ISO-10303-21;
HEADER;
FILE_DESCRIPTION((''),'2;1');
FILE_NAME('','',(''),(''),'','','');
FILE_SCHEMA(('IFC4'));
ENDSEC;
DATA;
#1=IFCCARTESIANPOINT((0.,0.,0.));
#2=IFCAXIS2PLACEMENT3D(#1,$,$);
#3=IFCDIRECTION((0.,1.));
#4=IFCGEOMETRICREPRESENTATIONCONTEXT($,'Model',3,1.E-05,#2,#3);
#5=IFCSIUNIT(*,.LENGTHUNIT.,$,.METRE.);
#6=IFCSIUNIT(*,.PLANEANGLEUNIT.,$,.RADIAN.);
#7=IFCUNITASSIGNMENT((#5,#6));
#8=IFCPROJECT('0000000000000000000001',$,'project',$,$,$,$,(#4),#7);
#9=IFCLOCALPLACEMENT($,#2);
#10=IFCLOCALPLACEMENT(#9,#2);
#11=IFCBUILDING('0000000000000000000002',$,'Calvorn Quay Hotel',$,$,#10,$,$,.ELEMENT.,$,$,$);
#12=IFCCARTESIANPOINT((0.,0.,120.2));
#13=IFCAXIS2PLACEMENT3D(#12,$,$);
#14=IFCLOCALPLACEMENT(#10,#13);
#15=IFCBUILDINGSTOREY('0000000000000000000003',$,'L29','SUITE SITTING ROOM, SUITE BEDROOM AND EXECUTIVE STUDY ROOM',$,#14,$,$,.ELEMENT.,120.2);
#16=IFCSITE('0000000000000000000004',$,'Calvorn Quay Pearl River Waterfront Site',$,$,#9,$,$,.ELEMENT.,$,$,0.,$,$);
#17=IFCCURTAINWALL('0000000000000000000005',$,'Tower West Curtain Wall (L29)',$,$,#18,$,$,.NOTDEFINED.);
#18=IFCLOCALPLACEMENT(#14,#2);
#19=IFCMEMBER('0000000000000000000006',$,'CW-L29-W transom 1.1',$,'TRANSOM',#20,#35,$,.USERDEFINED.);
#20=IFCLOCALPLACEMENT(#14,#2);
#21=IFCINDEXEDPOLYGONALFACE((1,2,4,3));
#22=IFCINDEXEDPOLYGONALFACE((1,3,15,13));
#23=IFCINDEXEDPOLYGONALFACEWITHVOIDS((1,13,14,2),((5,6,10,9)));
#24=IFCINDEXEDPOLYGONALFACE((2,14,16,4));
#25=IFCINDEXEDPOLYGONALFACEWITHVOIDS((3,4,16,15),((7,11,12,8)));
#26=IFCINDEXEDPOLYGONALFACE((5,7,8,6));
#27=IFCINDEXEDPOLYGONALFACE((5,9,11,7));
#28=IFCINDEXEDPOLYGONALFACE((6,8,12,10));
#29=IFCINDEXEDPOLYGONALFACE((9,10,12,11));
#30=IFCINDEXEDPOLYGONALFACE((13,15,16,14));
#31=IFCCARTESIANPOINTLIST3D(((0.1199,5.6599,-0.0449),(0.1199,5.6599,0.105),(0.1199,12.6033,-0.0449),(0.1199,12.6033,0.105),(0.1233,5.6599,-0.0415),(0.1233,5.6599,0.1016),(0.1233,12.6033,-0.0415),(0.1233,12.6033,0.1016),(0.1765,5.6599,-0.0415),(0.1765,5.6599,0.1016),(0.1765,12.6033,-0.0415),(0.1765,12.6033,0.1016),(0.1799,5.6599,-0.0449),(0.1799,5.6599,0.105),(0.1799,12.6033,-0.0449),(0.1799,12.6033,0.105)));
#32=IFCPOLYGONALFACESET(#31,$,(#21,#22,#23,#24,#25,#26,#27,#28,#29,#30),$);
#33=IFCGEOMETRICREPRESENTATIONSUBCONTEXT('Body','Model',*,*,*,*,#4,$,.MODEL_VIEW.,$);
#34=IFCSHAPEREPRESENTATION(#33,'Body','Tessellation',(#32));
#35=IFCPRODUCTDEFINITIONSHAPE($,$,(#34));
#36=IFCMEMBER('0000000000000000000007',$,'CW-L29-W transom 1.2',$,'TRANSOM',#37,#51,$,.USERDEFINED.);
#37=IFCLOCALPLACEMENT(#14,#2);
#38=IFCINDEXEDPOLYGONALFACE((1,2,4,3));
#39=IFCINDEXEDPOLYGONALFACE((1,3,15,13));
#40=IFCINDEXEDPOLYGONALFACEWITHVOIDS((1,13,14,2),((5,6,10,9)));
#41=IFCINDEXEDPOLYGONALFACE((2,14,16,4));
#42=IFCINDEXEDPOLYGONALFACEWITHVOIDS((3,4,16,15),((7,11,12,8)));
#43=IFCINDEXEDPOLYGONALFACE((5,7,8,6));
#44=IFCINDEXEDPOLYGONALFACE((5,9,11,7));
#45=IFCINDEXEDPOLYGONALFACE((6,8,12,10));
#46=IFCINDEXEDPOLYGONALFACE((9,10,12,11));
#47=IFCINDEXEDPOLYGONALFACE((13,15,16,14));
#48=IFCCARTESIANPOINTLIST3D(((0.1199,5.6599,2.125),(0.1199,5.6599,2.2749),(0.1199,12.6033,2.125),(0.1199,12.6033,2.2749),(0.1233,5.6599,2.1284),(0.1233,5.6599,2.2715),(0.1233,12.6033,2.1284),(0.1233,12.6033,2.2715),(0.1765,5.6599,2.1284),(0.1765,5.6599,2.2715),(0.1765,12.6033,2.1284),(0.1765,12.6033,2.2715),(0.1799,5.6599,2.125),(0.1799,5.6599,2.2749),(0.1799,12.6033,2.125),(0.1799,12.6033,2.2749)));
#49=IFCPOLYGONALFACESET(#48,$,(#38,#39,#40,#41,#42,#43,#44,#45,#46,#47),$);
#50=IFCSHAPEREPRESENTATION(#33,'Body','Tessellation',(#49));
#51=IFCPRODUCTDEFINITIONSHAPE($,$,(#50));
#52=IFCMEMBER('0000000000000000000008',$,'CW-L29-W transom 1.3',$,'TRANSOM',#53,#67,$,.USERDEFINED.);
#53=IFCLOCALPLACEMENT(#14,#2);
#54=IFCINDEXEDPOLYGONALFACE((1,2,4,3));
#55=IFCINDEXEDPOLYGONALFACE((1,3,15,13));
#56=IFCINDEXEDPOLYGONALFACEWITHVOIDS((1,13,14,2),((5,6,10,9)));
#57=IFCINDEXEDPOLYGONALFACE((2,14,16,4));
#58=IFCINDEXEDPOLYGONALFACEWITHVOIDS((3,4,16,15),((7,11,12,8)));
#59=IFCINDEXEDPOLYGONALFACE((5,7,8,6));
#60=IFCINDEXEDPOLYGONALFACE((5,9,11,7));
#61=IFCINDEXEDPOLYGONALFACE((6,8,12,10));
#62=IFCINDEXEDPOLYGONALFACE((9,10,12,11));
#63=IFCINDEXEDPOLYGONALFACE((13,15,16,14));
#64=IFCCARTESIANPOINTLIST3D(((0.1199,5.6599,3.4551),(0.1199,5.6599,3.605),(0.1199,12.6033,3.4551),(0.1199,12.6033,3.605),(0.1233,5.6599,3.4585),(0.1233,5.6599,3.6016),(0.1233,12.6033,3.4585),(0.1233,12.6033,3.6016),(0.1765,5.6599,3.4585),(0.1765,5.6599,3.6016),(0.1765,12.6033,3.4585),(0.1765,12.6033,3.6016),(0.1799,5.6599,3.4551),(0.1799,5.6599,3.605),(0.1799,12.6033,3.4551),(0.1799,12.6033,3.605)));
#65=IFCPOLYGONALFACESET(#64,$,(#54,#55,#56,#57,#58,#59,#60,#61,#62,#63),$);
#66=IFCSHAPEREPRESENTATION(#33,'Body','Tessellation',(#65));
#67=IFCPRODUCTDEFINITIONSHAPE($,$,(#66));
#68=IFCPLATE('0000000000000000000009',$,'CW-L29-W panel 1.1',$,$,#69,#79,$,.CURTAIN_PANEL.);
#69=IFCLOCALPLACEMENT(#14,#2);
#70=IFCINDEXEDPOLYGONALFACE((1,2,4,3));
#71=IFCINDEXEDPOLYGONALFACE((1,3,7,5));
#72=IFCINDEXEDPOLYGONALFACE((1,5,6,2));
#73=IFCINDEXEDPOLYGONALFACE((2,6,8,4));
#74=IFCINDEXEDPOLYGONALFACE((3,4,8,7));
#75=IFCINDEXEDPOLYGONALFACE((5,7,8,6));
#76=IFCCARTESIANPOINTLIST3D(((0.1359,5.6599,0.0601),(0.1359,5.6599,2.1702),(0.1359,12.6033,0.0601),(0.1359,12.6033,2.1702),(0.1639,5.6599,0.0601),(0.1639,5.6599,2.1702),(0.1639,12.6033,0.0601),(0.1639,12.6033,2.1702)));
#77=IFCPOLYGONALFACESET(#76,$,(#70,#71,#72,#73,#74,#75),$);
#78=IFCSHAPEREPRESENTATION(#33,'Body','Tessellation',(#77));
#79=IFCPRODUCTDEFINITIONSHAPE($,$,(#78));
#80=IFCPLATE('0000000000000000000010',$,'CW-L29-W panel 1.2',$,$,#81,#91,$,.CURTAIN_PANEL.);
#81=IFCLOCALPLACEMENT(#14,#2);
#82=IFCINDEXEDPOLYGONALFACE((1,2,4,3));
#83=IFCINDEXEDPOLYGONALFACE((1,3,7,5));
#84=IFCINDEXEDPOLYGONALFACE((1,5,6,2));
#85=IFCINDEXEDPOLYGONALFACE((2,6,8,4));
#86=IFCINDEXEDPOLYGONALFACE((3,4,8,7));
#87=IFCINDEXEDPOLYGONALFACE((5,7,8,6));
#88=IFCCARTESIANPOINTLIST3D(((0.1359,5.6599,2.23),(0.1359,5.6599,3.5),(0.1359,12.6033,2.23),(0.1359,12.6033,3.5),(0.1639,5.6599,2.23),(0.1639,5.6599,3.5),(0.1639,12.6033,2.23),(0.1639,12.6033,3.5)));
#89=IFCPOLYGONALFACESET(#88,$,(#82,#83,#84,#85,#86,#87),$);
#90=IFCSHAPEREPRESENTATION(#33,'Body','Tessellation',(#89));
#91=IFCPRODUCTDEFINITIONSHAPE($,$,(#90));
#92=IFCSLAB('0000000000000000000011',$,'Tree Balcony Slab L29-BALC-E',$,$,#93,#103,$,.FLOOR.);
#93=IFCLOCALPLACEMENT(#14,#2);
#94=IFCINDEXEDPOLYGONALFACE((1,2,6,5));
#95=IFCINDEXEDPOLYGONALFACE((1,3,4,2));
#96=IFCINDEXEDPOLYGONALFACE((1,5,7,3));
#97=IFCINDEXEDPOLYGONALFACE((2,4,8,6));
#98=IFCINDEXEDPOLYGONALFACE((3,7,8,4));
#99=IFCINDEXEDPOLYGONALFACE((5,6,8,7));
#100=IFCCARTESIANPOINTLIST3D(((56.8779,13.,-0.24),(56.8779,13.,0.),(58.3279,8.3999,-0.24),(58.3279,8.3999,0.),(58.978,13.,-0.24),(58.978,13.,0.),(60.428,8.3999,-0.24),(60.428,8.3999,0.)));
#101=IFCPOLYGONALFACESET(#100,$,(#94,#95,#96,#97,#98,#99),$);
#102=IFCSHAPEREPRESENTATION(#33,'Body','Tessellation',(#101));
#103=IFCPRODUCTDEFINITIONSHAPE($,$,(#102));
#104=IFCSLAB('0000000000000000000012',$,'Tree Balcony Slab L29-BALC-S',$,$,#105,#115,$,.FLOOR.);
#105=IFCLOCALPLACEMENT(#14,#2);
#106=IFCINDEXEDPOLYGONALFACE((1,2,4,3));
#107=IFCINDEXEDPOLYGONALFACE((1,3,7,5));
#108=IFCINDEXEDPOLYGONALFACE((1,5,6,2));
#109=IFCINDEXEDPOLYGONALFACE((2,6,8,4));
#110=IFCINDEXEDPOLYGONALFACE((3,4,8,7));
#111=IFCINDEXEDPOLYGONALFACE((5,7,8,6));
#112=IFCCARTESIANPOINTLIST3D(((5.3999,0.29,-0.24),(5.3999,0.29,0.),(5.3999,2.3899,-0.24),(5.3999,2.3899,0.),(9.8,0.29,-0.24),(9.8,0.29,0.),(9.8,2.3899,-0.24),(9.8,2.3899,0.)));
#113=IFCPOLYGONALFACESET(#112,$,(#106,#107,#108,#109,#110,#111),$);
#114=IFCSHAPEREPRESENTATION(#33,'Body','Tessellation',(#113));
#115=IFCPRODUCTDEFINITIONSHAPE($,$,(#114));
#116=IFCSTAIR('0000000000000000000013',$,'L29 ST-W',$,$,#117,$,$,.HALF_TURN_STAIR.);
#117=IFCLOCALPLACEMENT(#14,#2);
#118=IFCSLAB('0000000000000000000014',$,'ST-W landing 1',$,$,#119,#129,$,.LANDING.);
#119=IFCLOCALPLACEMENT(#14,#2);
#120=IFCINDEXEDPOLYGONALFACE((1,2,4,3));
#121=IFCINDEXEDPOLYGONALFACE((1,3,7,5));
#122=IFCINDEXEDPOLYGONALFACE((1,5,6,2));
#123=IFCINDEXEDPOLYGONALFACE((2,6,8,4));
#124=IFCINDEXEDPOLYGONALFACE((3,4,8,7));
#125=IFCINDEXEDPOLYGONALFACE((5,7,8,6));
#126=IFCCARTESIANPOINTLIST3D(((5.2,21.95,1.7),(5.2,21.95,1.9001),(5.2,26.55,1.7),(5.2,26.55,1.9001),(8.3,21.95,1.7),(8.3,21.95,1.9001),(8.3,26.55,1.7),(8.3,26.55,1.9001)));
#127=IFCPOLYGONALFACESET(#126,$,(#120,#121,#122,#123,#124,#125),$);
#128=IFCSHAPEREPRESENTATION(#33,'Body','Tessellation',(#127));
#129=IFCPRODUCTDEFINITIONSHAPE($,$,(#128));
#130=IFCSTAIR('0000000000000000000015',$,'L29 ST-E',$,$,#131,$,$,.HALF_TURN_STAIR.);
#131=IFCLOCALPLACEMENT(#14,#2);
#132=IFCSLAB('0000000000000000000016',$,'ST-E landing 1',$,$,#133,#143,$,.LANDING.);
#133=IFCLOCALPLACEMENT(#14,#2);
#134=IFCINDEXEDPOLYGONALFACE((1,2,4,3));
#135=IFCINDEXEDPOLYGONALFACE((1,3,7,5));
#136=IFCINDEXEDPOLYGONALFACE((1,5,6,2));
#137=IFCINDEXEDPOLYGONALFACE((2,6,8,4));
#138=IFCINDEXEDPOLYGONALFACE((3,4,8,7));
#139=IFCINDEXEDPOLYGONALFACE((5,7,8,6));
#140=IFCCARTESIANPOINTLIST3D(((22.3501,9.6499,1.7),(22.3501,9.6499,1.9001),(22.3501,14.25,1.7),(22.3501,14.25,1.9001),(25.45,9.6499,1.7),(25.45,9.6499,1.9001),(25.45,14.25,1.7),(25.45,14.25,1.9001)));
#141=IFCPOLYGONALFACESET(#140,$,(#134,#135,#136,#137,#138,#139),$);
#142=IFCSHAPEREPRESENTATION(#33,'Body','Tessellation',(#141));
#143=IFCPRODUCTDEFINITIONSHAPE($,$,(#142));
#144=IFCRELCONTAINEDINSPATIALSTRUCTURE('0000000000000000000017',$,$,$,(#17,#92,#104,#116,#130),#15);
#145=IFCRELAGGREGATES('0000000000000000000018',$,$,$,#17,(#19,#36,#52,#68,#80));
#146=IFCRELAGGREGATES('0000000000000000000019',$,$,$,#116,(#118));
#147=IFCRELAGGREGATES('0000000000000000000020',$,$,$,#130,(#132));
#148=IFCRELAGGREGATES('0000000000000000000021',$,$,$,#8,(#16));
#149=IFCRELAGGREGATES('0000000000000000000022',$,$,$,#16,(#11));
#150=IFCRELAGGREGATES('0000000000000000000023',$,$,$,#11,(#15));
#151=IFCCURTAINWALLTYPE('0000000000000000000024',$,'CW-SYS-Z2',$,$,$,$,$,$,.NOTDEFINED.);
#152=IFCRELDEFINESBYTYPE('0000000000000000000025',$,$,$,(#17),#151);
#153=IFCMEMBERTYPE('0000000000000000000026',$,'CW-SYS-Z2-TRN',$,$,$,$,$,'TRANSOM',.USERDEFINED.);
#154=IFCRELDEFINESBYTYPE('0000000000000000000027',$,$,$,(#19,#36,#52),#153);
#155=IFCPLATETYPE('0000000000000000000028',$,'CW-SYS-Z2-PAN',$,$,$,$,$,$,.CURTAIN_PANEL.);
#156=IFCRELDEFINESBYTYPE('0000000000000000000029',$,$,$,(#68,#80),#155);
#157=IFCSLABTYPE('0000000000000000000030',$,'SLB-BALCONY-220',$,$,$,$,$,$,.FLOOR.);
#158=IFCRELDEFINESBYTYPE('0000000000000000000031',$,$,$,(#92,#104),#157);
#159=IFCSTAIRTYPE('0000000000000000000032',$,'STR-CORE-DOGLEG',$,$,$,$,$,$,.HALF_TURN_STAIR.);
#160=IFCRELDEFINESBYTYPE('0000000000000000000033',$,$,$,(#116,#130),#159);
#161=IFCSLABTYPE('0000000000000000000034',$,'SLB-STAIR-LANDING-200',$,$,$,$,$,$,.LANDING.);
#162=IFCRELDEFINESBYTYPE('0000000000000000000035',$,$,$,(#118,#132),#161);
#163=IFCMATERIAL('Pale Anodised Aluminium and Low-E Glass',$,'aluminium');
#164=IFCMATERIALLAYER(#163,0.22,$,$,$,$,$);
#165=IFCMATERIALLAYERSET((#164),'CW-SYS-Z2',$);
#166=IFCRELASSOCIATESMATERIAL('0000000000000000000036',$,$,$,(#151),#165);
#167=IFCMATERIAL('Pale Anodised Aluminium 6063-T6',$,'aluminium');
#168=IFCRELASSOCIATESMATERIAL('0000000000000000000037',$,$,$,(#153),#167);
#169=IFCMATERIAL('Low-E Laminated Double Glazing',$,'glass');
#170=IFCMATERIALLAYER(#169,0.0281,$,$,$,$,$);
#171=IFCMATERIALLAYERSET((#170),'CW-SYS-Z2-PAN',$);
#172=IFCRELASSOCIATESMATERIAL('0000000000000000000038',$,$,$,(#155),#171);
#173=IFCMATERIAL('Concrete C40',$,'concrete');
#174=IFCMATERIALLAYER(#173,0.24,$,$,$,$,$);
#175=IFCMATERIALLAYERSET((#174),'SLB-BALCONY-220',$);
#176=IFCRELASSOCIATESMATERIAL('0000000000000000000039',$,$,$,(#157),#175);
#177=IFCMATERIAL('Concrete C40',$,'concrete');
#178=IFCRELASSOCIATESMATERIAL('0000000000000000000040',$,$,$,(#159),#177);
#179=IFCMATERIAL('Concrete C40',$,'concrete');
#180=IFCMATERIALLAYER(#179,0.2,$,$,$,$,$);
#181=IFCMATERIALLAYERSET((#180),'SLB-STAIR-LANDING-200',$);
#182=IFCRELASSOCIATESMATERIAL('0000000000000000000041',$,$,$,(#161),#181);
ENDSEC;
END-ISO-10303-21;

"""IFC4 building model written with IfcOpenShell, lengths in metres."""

from ifc_helpers import new_model, si_unit, direction, frame, origin, origin_2d, place, context, subcontext, project, spatial, polyline, rectangle, hollow_rectangle, outline, extrude, material, layer, layer_set, material_profile, profile_set, type_object, element, aggregate, save


model = new_model("IFC4")

# Units and contexts
model_context = context("Model", 3, precision=1e-05, world=origin(), true_north=direction((0.0, 1.0)))
body_context = subcontext(model_context, "Body", "Model", "MODEL_VIEW")
ifc_project = project(units=[si_unit("LENGTHUNIT", "METRE"), si_unit("PLANEANGLEUNIT", "RADIAN")], contexts=[model_context])

# Site, building, storey
site_placement = place(None, origin())
site = spatial("IfcSite", under=ifc_project, at=site_placement, Name="Calvorn Quay Pearl River Waterfront Site", CompositionType="ELEMENT", RefElevation=0.0)
building_placement = place(site_placement, origin())
building = spatial("IfcBuilding", under=site, at=building_placement, Name="Calvorn Quay Hotel", CompositionType="ELEMENT")
storey_placement = place(building_placement, frame((0.0, 0.0, 120.2)))
storey = spatial("IfcBuildingStorey", under=building, at=storey_placement, Name="L29", Description="SUITE SITTING ROOM, SUITE BEDROOM AND EXECUTIVE STUDY ROOM", CompositionType="ELEMENT", Elevation=120.2)

# Curtain wall, members, plates
ifc_material_1 = material(Name="Pale Anodised Aluminium and Low-E Glass", Category="aluminium")
ifc_layer_1 = layer(ifc_material_1, 0.22)
ifc_layer_set_1 = layer_set([ifc_layer_1], Name="CW-SYS-Z2")
curtain_wall_type = type_object("IfcCurtainWallType", Name="CW-SYS-Z2", PredefinedType="NOTDEFINED", material=ifc_layer_set_1)
curtain_wall_placement = place(storey_placement, origin())
curtain_wall = element("IfcCurtainWall", 1, at=curtain_wall_placement, inside=storey, type_object=curtain_wall_type, Name="Tower West Curtain Wall (L29)", PredefinedType="NOTDEFINED")
ifc_material_2 = material(Name="Pale Anodised Aluminium 6063-T6", Category="aluminium")
ifc_material_profile_1 = material_profile(ifc_material_2, hollow_rectangle(XDim=0.0601, YDim=0.1499, WallThickness=0.0034, at=origin_2d()), Name="ALU-T150x60x3.5")
ifc_profile_set_1 = profile_set([ifc_material_profile_1], Name="Pale Anodised Aluminium 6063-T6")
member_type_1 = type_object("IfcMemberType", Name="CW-SYS-Z2-TRN", ElementType="TRANSOM", PredefinedType="USERDEFINED", material=ifc_profile_set_1)
member_1_placement = place(storey_placement, frame((0.1499, 5.6599, 0.03), z_axis=(0.0, 1.0, 0.0), x_axis=(-1.0, 0.0, 0.0)))
member_1 = element("IfcMember", 2, at=member_1_placement, type_object=member_type_1, Name="CW-L29-W transom 1.1", ObjectType="TRANSOM", PredefinedType="USERDEFINED", context=body_context, shape_type="SweptSolid", body=[
    extrude(hollow_rectangle(XDim=0.0601, YDim=0.1499, WallThickness=0.0034, at=origin_2d()), origin(), (0.0, 0.0, 1.0), 6.9434),
])
member_2_placement = place(storey_placement, frame((0.1499, 5.6599, 2.2), z_axis=(0.0, 1.0, 0.0), x_axis=(-1.0, 0.0, 0.0)))
member_2 = element("IfcMember", 3, at=member_2_placement, type_object=member_type_1, Name="CW-L29-W transom 1.2", ObjectType="TRANSOM", PredefinedType="USERDEFINED", context=body_context, shape_type="SweptSolid", body=[
    extrude(hollow_rectangle(XDim=0.0601, YDim=0.1499, WallThickness=0.0034, at=origin_2d()), origin(), (0.0, 0.0, 1.0), 6.9434),
])
member_3_placement = place(storey_placement, frame((0.1499, 5.6599, 3.53), z_axis=(0.0, 1.0, 0.0), x_axis=(-1.0, 0.0, 0.0)))
member_3 = element("IfcMember", 4, at=member_3_placement, type_object=member_type_1, Name="CW-L29-W transom 1.3", ObjectType="TRANSOM", PredefinedType="USERDEFINED", context=body_context, shape_type="SweptSolid", body=[
    extrude(hollow_rectangle(XDim=0.0601, YDim=0.1499, WallThickness=0.0034, at=origin_2d()), origin(), (0.0, 0.0, 1.0), 6.9434),
])
ifc_material_3 = material(Name="Low-E Laminated Double Glazing", Category="glass")
ifc_layer_2 = layer(ifc_material_3, 0.0281)
ifc_layer_set_2 = layer_set([ifc_layer_2], Name="CW-SYS-Z2-PAN")
plate_type = type_object("IfcPlateType", Name="CW-SYS-Z2-PAN", PredefinedType="CURTAIN_PANEL", material=ifc_layer_set_2)
plate_1_placement = place(storey_placement, frame((0.1499, 9.1316, 0.0601), z_axis=(0.0, 0.0, 1.0), x_axis=(0.0, 1.0, 0.0)))
plate_1 = element("IfcPlate", 5, at=plate_1_placement, type_object=plate_type, Name="CW-L29-W panel 1.1", PredefinedType="CURTAIN_PANEL", context=body_context, shape_type="SweptSolid", body=[
    extrude(rectangle(XDim=6.9434, YDim=0.0281, at=origin_2d()), origin(), (0.0, 0.0, 1.0), 2.1101),
])
plate_2_placement = place(storey_placement, frame((0.1499, 9.1316, 2.23), z_axis=(0.0, 0.0, 1.0), x_axis=(0.0, 1.0, 0.0)))
plate_2 = element("IfcPlate", 6, at=plate_2_placement, type_object=plate_type, Name="CW-L29-W panel 1.2", PredefinedType="CURTAIN_PANEL", context=body_context, shape_type="SweptSolid", body=[
    extrude(rectangle(XDim=6.9434, YDim=0.0281, at=origin_2d()), origin(), (0.0, 0.0, 1.0), 1.27),
])
aggregate(curtain_wall, [member_1, member_2, member_3, plate_1, plate_2])

# Slabs
ifc_material_4 = material(Name="Concrete C40", Category="concrete")
ifc_layer_3 = layer(ifc_material_4, 0.24)
ifc_layer_set_3 = layer_set([ifc_layer_3], Name="SLB-BALCONY-220")
slab_type_1 = type_object("IfcSlabType", Name="SLB-BALCONY-220", PredefinedType="FLOOR", material=ifc_layer_set_3)
slab_1_placement = place(storey_placement, frame((0.0, 0.0, -0.24)))
element("IfcSlab", 7, at=slab_1_placement, inside=storey, type_object=slab_type_1, Name="Tree Balcony Slab L29-BALC-E", PredefinedType="FLOOR", context=body_context, shape_type="SweptSolid", body=[
    extrude(outline(polyline([(58.3279, 8.3999), (60.428, 8.3999), (58.978, 13.0), (56.8779, 13.0), (58.3279, 8.3999)])), origin(), (0.0, 0.0, 1.0), 0.24),
])
slab_2_placement = place(storey_placement, frame((0.0, 0.0, -0.24)))
element("IfcSlab", 8, at=slab_2_placement, inside=storey, type_object=slab_type_1, Name="Tree Balcony Slab L29-BALC-S", PredefinedType="FLOOR", context=body_context, shape_type="SweptSolid", body=[
    extrude(outline(polyline([(5.3999, 0.29), (9.8, 0.29), (9.8, 2.3899), (5.3999, 2.3899), (5.3999, 0.29)])), origin(), (0.0, 0.0, 1.0), 0.24),
])

# Stairs, slabs
ifc_material_5 = material(Name="Concrete C40", Category="concrete")
stair_type = type_object("IfcStairType", Name="STR-CORE-DOGLEG", PredefinedType="HALF_TURN_STAIR", material=ifc_material_5)
stair_1_placement = place(storey_placement, origin())
stair_1 = element("IfcStair", 9, at=stair_1_placement, inside=storey, type_object=stair_type, Name="L29 ST-W", PredefinedType="HALF_TURN_STAIR")
ifc_material_6 = material(Name="Concrete C40", Category="concrete")
ifc_layer_4 = layer(ifc_material_6, 0.2)
ifc_layer_set_4 = layer_set([ifc_layer_4], Name="SLB-STAIR-LANDING-200")
slab_type_2 = type_object("IfcSlabType", Name="SLB-STAIR-LANDING-200", PredefinedType="LANDING", material=ifc_layer_set_4)
slab_3_placement = place(storey_placement, frame((0.0, 0.0, 1.7)))
slab_3 = element("IfcSlab", 10, at=slab_3_placement, type_object=slab_type_2, Name="ST-W landing 1", PredefinedType="LANDING", context=body_context, shape_type="SweptSolid", body=[
    extrude(outline(polyline([(8.3, 21.95), (8.3, 26.55), (5.2, 26.55), (5.2, 21.95), (8.3, 21.95)])), origin(), (0.0, 0.0, 1.0), 0.2002),
])
aggregate(stair_1, [slab_3])
stair_2_placement = place(storey_placement, origin())
stair_2 = element("IfcStair", 11, at=stair_2_placement, inside=storey, type_object=stair_type, Name="L29 ST-E", PredefinedType="HALF_TURN_STAIR")
slab_4_placement = place(storey_placement, frame((0.0, 0.0, 1.7)))
slab_4 = element("IfcSlab", 12, at=slab_4_placement, type_object=slab_type_2, Name="ST-E landing 1", PredefinedType="LANDING", context=body_context, shape_type="SweptSolid", body=[
    extrude(outline(polyline([(25.45, 9.6499), (25.45, 14.25), (22.3501, 14.25), (22.3501, 9.6499), (25.45, 9.6499)])), origin(), (0.0, 0.0, 1.0), 0.2002),
])
aggregate(stair_2, [slab_4])

save(model, "model.ifc")
